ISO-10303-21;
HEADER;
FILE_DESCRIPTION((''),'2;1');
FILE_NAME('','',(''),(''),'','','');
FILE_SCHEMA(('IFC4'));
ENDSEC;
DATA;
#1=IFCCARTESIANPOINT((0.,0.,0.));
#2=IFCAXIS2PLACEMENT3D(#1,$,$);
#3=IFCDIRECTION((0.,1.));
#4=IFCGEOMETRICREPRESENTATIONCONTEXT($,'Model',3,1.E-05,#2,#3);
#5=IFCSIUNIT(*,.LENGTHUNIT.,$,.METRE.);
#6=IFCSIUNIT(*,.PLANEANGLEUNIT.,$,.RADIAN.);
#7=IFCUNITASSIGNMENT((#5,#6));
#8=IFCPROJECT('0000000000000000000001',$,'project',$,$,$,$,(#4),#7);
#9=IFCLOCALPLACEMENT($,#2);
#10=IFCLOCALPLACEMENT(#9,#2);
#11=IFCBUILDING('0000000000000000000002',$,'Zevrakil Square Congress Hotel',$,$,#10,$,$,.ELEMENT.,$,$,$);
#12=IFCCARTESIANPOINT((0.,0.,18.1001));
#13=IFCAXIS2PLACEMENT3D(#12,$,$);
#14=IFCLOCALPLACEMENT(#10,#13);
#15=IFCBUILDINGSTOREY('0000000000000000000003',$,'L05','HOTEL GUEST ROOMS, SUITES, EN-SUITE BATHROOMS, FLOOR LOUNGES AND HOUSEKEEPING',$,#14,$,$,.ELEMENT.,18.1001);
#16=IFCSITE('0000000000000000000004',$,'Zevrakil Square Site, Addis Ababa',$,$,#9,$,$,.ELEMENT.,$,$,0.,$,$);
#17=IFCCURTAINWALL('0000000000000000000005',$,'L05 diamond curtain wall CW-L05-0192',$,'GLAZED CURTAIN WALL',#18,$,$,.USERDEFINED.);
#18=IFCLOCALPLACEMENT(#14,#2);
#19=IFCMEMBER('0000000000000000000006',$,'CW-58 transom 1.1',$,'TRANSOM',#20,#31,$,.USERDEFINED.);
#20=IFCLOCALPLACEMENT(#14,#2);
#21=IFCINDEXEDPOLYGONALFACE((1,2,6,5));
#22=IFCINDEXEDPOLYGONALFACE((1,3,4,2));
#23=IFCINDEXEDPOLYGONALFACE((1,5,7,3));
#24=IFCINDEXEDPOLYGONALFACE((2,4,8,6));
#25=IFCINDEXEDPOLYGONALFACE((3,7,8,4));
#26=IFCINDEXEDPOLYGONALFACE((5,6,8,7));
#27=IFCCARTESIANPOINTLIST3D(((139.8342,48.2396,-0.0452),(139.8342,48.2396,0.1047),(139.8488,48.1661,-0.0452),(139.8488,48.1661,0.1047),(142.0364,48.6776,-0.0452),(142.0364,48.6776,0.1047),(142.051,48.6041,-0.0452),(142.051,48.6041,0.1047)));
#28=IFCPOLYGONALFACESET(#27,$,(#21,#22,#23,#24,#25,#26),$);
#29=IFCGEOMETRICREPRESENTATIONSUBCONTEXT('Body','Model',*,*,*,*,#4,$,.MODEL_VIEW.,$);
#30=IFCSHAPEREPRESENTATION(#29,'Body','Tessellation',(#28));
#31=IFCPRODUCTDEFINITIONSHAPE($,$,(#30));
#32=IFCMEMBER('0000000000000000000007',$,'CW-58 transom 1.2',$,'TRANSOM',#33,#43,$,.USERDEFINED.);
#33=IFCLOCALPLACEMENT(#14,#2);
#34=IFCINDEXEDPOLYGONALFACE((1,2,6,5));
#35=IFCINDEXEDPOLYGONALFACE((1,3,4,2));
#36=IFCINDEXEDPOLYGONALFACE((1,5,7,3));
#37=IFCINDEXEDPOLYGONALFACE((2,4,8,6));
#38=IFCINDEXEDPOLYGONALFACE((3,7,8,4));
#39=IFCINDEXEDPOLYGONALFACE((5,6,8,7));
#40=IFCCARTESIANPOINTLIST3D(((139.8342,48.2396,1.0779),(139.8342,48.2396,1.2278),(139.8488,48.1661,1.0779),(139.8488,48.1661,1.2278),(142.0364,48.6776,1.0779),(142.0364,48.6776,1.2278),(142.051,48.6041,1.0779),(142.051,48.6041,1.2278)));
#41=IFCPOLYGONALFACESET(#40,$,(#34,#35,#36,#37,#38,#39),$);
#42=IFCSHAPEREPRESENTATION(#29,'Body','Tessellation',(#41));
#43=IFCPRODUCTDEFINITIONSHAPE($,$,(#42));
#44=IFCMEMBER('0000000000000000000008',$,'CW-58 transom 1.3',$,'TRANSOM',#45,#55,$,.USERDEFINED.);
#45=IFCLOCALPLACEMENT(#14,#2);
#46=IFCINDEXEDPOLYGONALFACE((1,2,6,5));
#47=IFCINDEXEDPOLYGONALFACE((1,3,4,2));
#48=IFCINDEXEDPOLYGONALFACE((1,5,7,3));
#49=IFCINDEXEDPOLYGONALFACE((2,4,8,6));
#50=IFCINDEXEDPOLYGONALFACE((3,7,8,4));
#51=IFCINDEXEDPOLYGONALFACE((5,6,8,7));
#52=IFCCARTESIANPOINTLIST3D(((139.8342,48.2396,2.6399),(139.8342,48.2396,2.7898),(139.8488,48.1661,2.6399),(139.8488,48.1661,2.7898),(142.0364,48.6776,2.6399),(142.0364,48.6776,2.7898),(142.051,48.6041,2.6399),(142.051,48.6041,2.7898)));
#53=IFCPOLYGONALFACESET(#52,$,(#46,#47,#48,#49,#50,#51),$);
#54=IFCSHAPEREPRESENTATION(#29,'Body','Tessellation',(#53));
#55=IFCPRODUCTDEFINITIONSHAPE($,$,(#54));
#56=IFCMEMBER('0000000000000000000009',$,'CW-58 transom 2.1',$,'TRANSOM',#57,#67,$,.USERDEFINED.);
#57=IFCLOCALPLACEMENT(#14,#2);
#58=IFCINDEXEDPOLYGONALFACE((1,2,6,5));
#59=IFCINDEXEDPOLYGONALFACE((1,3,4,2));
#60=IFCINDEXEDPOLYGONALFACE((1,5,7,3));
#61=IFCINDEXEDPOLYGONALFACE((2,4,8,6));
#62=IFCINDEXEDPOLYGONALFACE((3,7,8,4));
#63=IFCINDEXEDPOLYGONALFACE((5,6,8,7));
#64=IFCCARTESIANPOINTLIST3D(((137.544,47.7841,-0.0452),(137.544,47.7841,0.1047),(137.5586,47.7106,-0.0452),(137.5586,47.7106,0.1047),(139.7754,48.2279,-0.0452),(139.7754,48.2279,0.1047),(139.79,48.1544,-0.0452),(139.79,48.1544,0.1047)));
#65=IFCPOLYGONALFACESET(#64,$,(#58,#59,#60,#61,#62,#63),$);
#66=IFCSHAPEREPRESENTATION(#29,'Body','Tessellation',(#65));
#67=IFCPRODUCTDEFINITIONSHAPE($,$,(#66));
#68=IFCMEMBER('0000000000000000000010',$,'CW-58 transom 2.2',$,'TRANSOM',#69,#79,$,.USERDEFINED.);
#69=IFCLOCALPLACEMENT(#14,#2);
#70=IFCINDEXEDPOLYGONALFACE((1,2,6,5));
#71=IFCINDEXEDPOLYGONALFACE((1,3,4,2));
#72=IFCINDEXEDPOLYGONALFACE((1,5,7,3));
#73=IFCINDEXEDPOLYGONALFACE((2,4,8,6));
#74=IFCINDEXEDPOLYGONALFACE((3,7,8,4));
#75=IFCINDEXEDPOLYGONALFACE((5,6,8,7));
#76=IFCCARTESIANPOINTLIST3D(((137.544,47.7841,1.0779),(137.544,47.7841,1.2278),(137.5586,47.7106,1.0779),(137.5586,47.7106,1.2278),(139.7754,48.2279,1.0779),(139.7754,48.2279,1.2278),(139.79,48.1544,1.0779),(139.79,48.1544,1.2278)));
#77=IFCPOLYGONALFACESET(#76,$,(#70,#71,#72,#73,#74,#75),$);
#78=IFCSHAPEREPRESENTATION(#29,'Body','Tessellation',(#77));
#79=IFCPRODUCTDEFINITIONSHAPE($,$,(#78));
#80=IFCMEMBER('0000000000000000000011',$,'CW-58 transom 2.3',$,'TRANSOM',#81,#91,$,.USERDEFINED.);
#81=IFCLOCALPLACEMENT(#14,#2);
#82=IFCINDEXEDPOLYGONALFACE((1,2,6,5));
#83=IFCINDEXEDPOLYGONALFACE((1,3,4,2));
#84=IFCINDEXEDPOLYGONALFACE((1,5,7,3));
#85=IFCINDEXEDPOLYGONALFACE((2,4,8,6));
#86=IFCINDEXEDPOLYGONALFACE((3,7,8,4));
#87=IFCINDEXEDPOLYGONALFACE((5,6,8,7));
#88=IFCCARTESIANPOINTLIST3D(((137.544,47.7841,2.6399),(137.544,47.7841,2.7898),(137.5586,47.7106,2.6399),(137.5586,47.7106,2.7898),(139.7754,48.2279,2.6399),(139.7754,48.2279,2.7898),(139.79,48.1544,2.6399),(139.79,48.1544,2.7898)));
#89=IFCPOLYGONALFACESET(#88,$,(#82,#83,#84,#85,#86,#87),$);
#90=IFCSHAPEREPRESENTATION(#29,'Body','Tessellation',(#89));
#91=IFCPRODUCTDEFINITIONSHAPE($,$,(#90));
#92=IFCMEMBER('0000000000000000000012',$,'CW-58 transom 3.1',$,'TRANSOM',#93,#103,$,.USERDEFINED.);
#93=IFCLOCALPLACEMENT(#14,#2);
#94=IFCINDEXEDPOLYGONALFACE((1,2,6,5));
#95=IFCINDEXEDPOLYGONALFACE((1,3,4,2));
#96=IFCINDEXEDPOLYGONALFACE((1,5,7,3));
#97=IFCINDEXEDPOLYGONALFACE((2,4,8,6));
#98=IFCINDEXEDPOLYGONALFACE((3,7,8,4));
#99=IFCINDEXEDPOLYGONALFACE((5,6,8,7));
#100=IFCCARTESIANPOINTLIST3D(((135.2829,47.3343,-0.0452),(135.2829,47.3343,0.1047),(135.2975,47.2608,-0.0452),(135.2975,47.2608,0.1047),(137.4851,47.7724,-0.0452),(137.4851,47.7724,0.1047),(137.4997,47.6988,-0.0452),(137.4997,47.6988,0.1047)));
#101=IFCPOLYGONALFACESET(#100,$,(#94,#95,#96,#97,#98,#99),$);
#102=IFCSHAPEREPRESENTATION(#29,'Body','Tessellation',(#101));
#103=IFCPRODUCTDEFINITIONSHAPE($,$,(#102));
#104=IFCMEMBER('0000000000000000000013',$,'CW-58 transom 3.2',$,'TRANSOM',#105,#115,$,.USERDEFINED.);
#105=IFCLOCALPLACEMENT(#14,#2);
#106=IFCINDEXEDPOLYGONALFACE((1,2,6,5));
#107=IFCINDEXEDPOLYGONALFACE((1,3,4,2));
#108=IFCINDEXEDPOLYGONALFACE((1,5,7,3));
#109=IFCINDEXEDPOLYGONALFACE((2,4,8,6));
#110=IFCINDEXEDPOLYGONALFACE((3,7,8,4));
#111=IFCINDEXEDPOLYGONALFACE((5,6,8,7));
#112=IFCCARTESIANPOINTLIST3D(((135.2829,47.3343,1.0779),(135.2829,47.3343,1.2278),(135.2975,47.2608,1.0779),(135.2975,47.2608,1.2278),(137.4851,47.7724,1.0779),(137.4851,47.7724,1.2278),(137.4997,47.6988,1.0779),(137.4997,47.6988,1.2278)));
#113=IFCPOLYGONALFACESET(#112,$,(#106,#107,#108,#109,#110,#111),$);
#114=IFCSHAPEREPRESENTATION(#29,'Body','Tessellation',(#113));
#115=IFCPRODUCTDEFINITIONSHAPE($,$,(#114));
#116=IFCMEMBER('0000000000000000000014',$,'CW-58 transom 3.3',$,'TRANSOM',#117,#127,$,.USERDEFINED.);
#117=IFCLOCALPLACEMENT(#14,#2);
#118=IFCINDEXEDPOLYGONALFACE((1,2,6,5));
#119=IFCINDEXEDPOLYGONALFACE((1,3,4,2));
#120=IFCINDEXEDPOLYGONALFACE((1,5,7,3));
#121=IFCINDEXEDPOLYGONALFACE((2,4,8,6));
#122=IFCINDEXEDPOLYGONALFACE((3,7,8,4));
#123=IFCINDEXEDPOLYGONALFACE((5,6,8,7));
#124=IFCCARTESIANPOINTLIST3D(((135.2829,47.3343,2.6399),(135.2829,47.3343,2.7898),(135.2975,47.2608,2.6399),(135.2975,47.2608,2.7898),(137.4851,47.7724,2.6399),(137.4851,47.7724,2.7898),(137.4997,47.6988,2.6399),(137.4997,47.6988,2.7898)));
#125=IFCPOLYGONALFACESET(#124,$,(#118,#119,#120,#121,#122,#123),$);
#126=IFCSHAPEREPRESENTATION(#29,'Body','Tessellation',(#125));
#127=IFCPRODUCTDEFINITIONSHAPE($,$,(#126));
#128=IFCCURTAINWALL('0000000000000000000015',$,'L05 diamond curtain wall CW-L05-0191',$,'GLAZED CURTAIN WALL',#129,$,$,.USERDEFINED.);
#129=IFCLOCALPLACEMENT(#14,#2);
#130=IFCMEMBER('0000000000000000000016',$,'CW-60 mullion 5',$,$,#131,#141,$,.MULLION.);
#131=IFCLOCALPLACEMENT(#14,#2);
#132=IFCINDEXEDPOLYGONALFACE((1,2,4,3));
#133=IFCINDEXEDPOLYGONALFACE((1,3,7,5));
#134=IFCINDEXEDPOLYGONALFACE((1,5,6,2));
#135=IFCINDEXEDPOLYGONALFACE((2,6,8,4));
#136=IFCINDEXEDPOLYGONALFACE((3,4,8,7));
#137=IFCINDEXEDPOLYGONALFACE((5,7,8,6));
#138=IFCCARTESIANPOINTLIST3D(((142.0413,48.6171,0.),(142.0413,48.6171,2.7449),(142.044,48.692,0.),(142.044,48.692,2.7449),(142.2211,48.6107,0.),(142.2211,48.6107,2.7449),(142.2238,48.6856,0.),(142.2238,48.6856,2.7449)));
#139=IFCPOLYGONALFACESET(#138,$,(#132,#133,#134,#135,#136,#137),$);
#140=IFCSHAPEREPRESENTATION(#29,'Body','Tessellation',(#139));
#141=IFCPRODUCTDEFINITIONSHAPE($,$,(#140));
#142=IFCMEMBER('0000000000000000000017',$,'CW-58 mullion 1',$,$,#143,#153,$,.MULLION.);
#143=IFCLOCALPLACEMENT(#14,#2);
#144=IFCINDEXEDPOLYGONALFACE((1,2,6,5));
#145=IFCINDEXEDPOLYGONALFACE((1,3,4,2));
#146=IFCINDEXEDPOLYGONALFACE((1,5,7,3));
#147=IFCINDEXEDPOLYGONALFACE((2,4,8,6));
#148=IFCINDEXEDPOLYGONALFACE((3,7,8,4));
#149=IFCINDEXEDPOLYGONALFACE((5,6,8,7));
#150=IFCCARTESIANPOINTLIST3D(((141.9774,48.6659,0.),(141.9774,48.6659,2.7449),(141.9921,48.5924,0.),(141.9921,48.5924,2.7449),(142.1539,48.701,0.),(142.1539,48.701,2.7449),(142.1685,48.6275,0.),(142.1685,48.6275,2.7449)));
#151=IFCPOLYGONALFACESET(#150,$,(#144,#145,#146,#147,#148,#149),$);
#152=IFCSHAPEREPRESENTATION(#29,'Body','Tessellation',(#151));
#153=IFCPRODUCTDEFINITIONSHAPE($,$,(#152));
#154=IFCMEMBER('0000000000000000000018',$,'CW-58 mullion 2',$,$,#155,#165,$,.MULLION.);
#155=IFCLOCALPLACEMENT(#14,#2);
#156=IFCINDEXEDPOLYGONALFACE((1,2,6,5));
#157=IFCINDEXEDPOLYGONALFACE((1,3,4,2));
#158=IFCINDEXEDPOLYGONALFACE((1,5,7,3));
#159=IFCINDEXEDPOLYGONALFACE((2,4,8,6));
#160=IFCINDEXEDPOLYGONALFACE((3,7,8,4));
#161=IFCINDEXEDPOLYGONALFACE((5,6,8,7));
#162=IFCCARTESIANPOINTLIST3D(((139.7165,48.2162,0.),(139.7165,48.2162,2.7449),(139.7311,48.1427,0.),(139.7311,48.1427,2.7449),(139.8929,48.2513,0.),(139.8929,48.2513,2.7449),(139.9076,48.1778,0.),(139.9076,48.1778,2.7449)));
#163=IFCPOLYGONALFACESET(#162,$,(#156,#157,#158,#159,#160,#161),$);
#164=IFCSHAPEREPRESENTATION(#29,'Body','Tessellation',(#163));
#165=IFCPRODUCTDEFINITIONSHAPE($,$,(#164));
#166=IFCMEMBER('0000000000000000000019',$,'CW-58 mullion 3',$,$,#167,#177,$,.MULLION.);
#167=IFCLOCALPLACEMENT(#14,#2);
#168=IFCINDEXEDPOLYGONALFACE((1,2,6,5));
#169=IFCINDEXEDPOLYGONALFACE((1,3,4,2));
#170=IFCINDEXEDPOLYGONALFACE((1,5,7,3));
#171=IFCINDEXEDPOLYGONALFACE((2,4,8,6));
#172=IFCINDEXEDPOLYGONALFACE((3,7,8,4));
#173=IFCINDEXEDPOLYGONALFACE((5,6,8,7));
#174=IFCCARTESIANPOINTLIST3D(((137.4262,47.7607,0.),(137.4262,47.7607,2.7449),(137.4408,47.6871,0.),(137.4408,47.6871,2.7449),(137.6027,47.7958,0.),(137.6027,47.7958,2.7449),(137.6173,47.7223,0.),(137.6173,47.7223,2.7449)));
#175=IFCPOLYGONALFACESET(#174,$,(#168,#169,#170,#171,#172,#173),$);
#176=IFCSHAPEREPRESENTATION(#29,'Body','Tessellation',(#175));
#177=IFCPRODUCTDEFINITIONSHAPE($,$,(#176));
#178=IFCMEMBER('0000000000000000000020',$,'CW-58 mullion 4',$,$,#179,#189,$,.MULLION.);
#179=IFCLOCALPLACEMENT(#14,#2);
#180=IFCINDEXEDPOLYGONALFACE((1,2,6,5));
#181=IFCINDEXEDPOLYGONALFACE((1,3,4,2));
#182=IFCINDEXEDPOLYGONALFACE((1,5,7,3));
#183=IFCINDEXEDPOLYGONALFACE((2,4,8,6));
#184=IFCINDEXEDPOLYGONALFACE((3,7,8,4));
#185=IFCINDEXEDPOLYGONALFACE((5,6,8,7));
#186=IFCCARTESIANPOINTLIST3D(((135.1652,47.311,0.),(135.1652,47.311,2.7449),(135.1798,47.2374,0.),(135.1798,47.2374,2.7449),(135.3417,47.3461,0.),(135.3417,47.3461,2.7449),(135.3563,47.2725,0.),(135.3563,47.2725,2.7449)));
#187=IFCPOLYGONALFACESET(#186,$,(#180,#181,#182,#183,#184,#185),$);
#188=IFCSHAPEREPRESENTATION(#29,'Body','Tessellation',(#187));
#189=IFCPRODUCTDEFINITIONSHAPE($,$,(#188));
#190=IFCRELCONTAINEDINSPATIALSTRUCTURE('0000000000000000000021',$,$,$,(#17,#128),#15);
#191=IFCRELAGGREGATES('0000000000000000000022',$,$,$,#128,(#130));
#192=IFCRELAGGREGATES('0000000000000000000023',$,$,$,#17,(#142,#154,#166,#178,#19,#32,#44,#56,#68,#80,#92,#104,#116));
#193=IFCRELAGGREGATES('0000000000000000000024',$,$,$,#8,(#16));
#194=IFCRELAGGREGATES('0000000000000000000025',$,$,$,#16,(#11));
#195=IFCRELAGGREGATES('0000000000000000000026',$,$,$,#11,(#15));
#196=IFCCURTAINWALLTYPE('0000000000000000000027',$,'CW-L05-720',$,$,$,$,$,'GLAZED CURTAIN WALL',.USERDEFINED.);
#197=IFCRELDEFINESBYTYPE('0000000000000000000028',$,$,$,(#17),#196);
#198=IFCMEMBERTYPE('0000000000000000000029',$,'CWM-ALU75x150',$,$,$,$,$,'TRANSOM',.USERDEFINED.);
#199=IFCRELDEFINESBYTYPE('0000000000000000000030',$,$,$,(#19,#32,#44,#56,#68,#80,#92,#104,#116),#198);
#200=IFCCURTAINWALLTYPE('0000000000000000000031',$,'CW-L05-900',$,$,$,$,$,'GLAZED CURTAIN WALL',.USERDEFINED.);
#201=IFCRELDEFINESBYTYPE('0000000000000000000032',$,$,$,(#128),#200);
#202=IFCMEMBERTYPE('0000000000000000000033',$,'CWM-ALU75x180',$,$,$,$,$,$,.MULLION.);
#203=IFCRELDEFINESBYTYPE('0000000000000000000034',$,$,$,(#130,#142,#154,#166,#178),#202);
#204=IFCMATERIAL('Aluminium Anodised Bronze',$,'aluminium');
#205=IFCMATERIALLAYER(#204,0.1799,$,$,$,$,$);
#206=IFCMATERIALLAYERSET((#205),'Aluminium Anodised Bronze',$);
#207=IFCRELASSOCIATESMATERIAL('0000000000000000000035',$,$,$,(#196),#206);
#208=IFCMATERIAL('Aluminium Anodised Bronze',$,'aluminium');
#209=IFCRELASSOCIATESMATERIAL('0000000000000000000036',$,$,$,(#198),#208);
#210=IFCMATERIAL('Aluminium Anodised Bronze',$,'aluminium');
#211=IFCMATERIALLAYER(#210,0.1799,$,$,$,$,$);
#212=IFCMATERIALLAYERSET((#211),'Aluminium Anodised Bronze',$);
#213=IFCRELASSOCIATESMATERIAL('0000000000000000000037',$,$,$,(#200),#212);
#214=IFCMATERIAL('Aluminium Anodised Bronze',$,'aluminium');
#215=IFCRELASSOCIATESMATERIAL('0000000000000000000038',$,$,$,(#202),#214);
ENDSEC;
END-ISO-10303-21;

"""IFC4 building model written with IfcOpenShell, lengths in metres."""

from ifc_helpers import new_model, si_unit, direction, frame, origin, origin_2d, place, context, subcontext, project, spatial, rectangle, extrude, material, layer, layer_set, material_profile, profile_set, type_object, element, aggregate, save


model = new_model("IFC4")

# Units and contexts
model_context = context("Model", 3, precision=1e-05, world=origin(), true_north=direction((0.0, 1.0)))
body_context = subcontext(model_context, "Body", "Model", "MODEL_VIEW")
ifc_project = project(units=[si_unit("LENGTHUNIT", "METRE"), si_unit("PLANEANGLEUNIT", "RADIAN")], contexts=[model_context])

# Site, building, storey
site_placement = place(None, origin())
site = spatial("IfcSite", under=ifc_project, at=site_placement, Name="Zevrakil Square Site, Addis Ababa", CompositionType="ELEMENT", RefElevation=0.0)
building_placement = place(site_placement, origin())
building = spatial("IfcBuilding", under=site, at=building_placement, Name="Zevrakil Square Congress Hotel", CompositionType="ELEMENT")
storey_placement = place(building_placement, frame((0.0, 0.0, 18.1001)))
storey = spatial("IfcBuildingStorey", under=building, at=storey_placement, Name="L05", Description="HOTEL GUEST ROOMS, SUITES, EN-SUITE BATHROOMS, FLOOR LOUNGES AND HOUSEKEEPING", CompositionType="ELEMENT", Elevation=18.1001)

# Curtain wall, members
ifc_material_1 = material(Name="Aluminium Anodised Bronze", Category="aluminium")
ifc_layer_1 = layer(ifc_material_1, 0.1799)
ifc_layer_set_1 = layer_set([ifc_layer_1], Name="Aluminium Anodised Bronze")
curtain_wall_type_1 = type_object("IfcCurtainWallType", Name="CW-L05-720", ElementType="GLAZED CURTAIN WALL", PredefinedType="USERDEFINED", material=ifc_layer_set_1)
curtain_wall_1_placement = place(storey_placement, origin())
curtain_wall_1 = element("IfcCurtainWall", 1, at=curtain_wall_1_placement, inside=storey, type_object=curtain_wall_type_1, Name="L05 diamond curtain wall CW-L05-0192", ObjectType="GLAZED CURTAIN WALL", PredefinedType="USERDEFINED")
ifc_material_2 = material(Name="Aluminium Anodised Bronze", Category="aluminium")
ifc_material_profile_1 = material_profile(ifc_material_2, rectangle(XDim=0.075, YDim=0.1499, at=origin_2d()), Name="ALU 75x150")
ifc_profile_set_1 = profile_set([ifc_material_profile_1], Name="Aluminium Anodised Bronze")
member_type_1 = type_object("IfcMemberType", Name="CWM-ALU75x150", ElementType="TRANSOM", PredefinedType="USERDEFINED", material=ifc_profile_set_1)
member_1_placement = place(storey_placement, frame((142.0437, 48.6409, 0.0298), z_axis=(-0.980789, -0.19507, 0.0), x_axis=(0.19507, -0.980789, 0.0)))
member_1 = element("IfcMember", 2, at=member_1_placement, type_object=member_type_1, Name="CW-58 transom 1.1", ObjectType="TRANSOM", PredefinedType="USERDEFINED", context=body_context, shape_type="SweptSolid", body=[
    extrude(rectangle(XDim=0.075, YDim=0.1499, at=origin_2d()), origin(), (0.0, 0.0, 1.0), 2.2454),
])
member_2_placement = place(storey_placement, frame((142.0437, 48.6409, 1.1528), z_axis=(-0.980789, -0.19507, 0.0), x_axis=(0.19507, -0.980789, 0.0)))
member_2 = element("IfcMember", 3, at=member_2_placement, type_object=member_type_1, Name="CW-58 transom 1.2", ObjectType="TRANSOM", PredefinedType="USERDEFINED", context=body_context, shape_type="SweptSolid", body=[
    extrude(rectangle(XDim=0.075, YDim=0.1499, at=origin_2d()), origin(), (0.0, 0.0, 1.0), 2.2454),
])
member_3_placement = place(storey_placement, frame((142.0437, 48.6409, 2.7148), z_axis=(-0.980789, -0.19507, 0.0), x_axis=(0.19507, -0.980789, 0.0)))
member_3 = element("IfcMember", 4, at=member_3_placement, type_object=member_type_1, Name="CW-58 transom 1.3", ObjectType="TRANSOM", PredefinedType="USERDEFINED", context=body_context, shape_type="SweptSolid", body=[
    extrude(rectangle(XDim=0.075, YDim=0.1499, at=origin_2d()), origin(), (0.0, 0.0, 1.0), 2.2454),
])
member_4_placement = place(storey_placement, frame((139.7827, 48.1912, 0.0298), z_axis=(-0.980786, -0.195084, 0.0), x_axis=(0.195084, -0.980786, 0.0)))
member_4 = element("IfcMember", 5, at=member_4_placement, type_object=member_type_1, Name="CW-58 transom 2.1", ObjectType="TRANSOM", PredefinedType="USERDEFINED", context=body_context, shape_type="SweptSolid", body=[
    extrude(rectangle(XDim=0.075, YDim=0.1499, at=origin_2d()), origin(), (0.0, 0.0, 1.0), 2.2751),
])
member_5_placement = place(storey_placement, frame((139.7827, 48.1912, 1.1528), z_axis=(-0.980786, -0.195084, 0.0), x_axis=(0.195084, -0.980786, 0.0)))
member_5 = element("IfcMember", 6, at=member_5_placement, type_object=member_type_1, Name="CW-58 transom 2.2", ObjectType="TRANSOM", PredefinedType="USERDEFINED", context=body_context, shape_type="SweptSolid", body=[
    extrude(rectangle(XDim=0.075, YDim=0.1499, at=origin_2d()), origin(), (0.0, 0.0, 1.0), 2.2751),
])
member_6_placement = place(storey_placement, frame((139.7827, 48.1912, 2.7148), z_axis=(-0.980786, -0.195084, 0.0), x_axis=(0.195084, -0.980786, 0.0)))
member_6 = element("IfcMember", 7, at=member_6_placement, type_object=member_type_1, Name="CW-58 transom 2.3", ObjectType="TRANSOM", PredefinedType="USERDEFINED", context=body_context, shape_type="SweptSolid", body=[
    extrude(rectangle(XDim=0.075, YDim=0.1499, at=origin_2d()), origin(), (0.0, 0.0, 1.0), 2.2751),
])
member_7_placement = place(storey_placement, frame((137.4924, 47.7356, 0.0298), z_axis=(-0.980789, -0.19507, 0.0), x_axis=(0.19507, -0.980789, 0.0)))
member_7 = element("IfcMember", 8, at=member_7_placement, type_object=member_type_1, Name="CW-58 transom 3.1", ObjectType="TRANSOM", PredefinedType="USERDEFINED", context=body_context, shape_type="SweptSolid", body=[
    extrude(rectangle(XDim=0.075, YDim=0.1499, at=origin_2d()), origin(), (0.0, 0.0, 1.0), 2.2454),
])
member_8_placement = place(storey_placement, frame((137.4924, 47.7356, 1.1528), z_axis=(-0.980789, -0.19507, 0.0), x_axis=(0.19507, -0.980789, 0.0)))
member_8 = element("IfcMember", 9, at=member_8_placement, type_object=member_type_1, Name="CW-58 transom 3.2", ObjectType="TRANSOM", PredefinedType="USERDEFINED", context=body_context, shape_type="SweptSolid", body=[
    extrude(rectangle(XDim=0.075, YDim=0.1499, at=origin_2d()), origin(), (0.0, 0.0, 1.0), 2.2454),
])
member_9_placement = place(storey_placement, frame((137.4924, 47.7356, 2.7148), z_axis=(-0.980789, -0.19507, 0.0), x_axis=(0.19507, -0.980789, 0.0)))
member_9 = element("IfcMember", 10, at=member_9_placement, type_object=member_type_1, Name="CW-58 transom 3.3", ObjectType="TRANSOM", PredefinedType="USERDEFINED", context=body_context, shape_type="SweptSolid", body=[
    extrude(rectangle(XDim=0.075, YDim=0.1499, at=origin_2d()), origin(), (0.0, 0.0, 1.0), 2.2454),
])

# Curtain wall, member
ifc_material_3 = material(Name="Aluminium Anodised Bronze", Category="aluminium")
ifc_layer_2 = layer(ifc_material_3, 0.1799)
ifc_layer_set_2 = layer_set([ifc_layer_2], Name="Aluminium Anodised Bronze")
curtain_wall_type_2 = type_object("IfcCurtainWallType", Name="CW-L05-900", ElementType="GLAZED CURTAIN WALL", PredefinedType="USERDEFINED", material=ifc_layer_set_2)
curtain_wall_2_placement = place(storey_placement, origin())
curtain_wall_2 = element("IfcCurtainWall", 11, at=curtain_wall_2_placement, inside=storey, type_object=curtain_wall_type_2, Name="L05 diamond curtain wall CW-L05-0191", ObjectType="GLAZED CURTAIN WALL", PredefinedType="USERDEFINED")
ifc_material_4 = material(Name="Aluminium Anodised Bronze", Category="aluminium")
ifc_material_profile_2 = material_profile(ifc_material_4, rectangle(XDim=0.075, YDim=0.1799, at=origin_2d()), Name="ALU 75x180")
ifc_profile_set_2 = profile_set([ifc_material_profile_2], Name="Aluminium Anodised Bronze")
member_type_2 = type_object("IfcMemberType", Name="CWM-ALU75x180", PredefinedType="MULLION", material=ifc_profile_set_2)
member_10_placement = place(storey_placement, frame((142.1326, 48.6514, 0.0), z_axis=(0.0, 0.0, 1.0), x_axis=(-0.035553, -0.999368, 0.0)))
member_10 = element("IfcMember", 12, at=member_10_placement, type_object=member_type_2, Name="CW-60 mullion 5", PredefinedType="MULLION", context=body_context, shape_type="SweptSolid", body=[
    extrude(rectangle(XDim=0.075, YDim=0.1799, at=origin_2d()), origin(), (0.0, 0.0, 1.0), 2.7449),
])
aggregate(curtain_wall_2, [member_10])

# Members
member_11_placement = place(storey_placement, frame((142.073, 48.6467, 0.0), z_axis=(0.0, 0.0, 1.0), x_axis=(0.195084, -0.980787, 0.0)))
member_11 = element("IfcMember", 13, at=member_11_placement, type_object=member_type_2, Name="CW-58 mullion 1", PredefinedType="MULLION", context=body_context, shape_type="SweptSolid", body=[
    extrude(rectangle(XDim=0.075, YDim=0.1799, at=origin_2d()), origin(), (0.0, 0.0, 1.0), 2.7449),
])
member_12_placement = place(storey_placement, frame((139.812, 48.197, 0.0), z_axis=(0.0, 0.0, 1.0), x_axis=(0.195084, -0.980787, 0.0)))
member_12 = element("IfcMember", 14, at=member_12_placement, type_object=member_type_2, Name="CW-58 mullion 2", PredefinedType="MULLION", context=body_context, shape_type="SweptSolid", body=[
    extrude(rectangle(XDim=0.075, YDim=0.1799, at=origin_2d()), origin(), (0.0, 0.0, 1.0), 2.7449),
])
member_13_placement = place(storey_placement, frame((137.5217, 47.7415, 0.0), z_axis=(0.0, 0.0, 1.0), x_axis=(0.195084, -0.980787, 0.0)))
member_13 = element("IfcMember", 15, at=member_13_placement, type_object=member_type_2, Name="CW-58 mullion 3", PredefinedType="MULLION", context=body_context, shape_type="SweptSolid", body=[
    extrude(rectangle(XDim=0.075, YDim=0.1799, at=origin_2d()), origin(), (0.0, 0.0, 1.0), 2.7449),
])
member_14_placement = place(storey_placement, frame((135.2607, 47.2917, 0.0), z_axis=(0.0, 0.0, 1.0), x_axis=(0.195084, -0.980787, 0.0)))
member_14 = element("IfcMember", 16, at=member_14_placement, type_object=member_type_2, Name="CW-58 mullion 4", PredefinedType="MULLION", context=body_context, shape_type="SweptSolid", body=[
    extrude(rectangle(XDim=0.075, YDim=0.1799, at=origin_2d()), origin(), (0.0, 0.0, 1.0), 2.7449),
])

aggregate(curtain_wall_1, [member_11, member_12, member_13, member_14, member_1, member_2, member_3, member_4, member_5, member_6, member_7, member_8, member_9])

save(model, "model.ifc")
